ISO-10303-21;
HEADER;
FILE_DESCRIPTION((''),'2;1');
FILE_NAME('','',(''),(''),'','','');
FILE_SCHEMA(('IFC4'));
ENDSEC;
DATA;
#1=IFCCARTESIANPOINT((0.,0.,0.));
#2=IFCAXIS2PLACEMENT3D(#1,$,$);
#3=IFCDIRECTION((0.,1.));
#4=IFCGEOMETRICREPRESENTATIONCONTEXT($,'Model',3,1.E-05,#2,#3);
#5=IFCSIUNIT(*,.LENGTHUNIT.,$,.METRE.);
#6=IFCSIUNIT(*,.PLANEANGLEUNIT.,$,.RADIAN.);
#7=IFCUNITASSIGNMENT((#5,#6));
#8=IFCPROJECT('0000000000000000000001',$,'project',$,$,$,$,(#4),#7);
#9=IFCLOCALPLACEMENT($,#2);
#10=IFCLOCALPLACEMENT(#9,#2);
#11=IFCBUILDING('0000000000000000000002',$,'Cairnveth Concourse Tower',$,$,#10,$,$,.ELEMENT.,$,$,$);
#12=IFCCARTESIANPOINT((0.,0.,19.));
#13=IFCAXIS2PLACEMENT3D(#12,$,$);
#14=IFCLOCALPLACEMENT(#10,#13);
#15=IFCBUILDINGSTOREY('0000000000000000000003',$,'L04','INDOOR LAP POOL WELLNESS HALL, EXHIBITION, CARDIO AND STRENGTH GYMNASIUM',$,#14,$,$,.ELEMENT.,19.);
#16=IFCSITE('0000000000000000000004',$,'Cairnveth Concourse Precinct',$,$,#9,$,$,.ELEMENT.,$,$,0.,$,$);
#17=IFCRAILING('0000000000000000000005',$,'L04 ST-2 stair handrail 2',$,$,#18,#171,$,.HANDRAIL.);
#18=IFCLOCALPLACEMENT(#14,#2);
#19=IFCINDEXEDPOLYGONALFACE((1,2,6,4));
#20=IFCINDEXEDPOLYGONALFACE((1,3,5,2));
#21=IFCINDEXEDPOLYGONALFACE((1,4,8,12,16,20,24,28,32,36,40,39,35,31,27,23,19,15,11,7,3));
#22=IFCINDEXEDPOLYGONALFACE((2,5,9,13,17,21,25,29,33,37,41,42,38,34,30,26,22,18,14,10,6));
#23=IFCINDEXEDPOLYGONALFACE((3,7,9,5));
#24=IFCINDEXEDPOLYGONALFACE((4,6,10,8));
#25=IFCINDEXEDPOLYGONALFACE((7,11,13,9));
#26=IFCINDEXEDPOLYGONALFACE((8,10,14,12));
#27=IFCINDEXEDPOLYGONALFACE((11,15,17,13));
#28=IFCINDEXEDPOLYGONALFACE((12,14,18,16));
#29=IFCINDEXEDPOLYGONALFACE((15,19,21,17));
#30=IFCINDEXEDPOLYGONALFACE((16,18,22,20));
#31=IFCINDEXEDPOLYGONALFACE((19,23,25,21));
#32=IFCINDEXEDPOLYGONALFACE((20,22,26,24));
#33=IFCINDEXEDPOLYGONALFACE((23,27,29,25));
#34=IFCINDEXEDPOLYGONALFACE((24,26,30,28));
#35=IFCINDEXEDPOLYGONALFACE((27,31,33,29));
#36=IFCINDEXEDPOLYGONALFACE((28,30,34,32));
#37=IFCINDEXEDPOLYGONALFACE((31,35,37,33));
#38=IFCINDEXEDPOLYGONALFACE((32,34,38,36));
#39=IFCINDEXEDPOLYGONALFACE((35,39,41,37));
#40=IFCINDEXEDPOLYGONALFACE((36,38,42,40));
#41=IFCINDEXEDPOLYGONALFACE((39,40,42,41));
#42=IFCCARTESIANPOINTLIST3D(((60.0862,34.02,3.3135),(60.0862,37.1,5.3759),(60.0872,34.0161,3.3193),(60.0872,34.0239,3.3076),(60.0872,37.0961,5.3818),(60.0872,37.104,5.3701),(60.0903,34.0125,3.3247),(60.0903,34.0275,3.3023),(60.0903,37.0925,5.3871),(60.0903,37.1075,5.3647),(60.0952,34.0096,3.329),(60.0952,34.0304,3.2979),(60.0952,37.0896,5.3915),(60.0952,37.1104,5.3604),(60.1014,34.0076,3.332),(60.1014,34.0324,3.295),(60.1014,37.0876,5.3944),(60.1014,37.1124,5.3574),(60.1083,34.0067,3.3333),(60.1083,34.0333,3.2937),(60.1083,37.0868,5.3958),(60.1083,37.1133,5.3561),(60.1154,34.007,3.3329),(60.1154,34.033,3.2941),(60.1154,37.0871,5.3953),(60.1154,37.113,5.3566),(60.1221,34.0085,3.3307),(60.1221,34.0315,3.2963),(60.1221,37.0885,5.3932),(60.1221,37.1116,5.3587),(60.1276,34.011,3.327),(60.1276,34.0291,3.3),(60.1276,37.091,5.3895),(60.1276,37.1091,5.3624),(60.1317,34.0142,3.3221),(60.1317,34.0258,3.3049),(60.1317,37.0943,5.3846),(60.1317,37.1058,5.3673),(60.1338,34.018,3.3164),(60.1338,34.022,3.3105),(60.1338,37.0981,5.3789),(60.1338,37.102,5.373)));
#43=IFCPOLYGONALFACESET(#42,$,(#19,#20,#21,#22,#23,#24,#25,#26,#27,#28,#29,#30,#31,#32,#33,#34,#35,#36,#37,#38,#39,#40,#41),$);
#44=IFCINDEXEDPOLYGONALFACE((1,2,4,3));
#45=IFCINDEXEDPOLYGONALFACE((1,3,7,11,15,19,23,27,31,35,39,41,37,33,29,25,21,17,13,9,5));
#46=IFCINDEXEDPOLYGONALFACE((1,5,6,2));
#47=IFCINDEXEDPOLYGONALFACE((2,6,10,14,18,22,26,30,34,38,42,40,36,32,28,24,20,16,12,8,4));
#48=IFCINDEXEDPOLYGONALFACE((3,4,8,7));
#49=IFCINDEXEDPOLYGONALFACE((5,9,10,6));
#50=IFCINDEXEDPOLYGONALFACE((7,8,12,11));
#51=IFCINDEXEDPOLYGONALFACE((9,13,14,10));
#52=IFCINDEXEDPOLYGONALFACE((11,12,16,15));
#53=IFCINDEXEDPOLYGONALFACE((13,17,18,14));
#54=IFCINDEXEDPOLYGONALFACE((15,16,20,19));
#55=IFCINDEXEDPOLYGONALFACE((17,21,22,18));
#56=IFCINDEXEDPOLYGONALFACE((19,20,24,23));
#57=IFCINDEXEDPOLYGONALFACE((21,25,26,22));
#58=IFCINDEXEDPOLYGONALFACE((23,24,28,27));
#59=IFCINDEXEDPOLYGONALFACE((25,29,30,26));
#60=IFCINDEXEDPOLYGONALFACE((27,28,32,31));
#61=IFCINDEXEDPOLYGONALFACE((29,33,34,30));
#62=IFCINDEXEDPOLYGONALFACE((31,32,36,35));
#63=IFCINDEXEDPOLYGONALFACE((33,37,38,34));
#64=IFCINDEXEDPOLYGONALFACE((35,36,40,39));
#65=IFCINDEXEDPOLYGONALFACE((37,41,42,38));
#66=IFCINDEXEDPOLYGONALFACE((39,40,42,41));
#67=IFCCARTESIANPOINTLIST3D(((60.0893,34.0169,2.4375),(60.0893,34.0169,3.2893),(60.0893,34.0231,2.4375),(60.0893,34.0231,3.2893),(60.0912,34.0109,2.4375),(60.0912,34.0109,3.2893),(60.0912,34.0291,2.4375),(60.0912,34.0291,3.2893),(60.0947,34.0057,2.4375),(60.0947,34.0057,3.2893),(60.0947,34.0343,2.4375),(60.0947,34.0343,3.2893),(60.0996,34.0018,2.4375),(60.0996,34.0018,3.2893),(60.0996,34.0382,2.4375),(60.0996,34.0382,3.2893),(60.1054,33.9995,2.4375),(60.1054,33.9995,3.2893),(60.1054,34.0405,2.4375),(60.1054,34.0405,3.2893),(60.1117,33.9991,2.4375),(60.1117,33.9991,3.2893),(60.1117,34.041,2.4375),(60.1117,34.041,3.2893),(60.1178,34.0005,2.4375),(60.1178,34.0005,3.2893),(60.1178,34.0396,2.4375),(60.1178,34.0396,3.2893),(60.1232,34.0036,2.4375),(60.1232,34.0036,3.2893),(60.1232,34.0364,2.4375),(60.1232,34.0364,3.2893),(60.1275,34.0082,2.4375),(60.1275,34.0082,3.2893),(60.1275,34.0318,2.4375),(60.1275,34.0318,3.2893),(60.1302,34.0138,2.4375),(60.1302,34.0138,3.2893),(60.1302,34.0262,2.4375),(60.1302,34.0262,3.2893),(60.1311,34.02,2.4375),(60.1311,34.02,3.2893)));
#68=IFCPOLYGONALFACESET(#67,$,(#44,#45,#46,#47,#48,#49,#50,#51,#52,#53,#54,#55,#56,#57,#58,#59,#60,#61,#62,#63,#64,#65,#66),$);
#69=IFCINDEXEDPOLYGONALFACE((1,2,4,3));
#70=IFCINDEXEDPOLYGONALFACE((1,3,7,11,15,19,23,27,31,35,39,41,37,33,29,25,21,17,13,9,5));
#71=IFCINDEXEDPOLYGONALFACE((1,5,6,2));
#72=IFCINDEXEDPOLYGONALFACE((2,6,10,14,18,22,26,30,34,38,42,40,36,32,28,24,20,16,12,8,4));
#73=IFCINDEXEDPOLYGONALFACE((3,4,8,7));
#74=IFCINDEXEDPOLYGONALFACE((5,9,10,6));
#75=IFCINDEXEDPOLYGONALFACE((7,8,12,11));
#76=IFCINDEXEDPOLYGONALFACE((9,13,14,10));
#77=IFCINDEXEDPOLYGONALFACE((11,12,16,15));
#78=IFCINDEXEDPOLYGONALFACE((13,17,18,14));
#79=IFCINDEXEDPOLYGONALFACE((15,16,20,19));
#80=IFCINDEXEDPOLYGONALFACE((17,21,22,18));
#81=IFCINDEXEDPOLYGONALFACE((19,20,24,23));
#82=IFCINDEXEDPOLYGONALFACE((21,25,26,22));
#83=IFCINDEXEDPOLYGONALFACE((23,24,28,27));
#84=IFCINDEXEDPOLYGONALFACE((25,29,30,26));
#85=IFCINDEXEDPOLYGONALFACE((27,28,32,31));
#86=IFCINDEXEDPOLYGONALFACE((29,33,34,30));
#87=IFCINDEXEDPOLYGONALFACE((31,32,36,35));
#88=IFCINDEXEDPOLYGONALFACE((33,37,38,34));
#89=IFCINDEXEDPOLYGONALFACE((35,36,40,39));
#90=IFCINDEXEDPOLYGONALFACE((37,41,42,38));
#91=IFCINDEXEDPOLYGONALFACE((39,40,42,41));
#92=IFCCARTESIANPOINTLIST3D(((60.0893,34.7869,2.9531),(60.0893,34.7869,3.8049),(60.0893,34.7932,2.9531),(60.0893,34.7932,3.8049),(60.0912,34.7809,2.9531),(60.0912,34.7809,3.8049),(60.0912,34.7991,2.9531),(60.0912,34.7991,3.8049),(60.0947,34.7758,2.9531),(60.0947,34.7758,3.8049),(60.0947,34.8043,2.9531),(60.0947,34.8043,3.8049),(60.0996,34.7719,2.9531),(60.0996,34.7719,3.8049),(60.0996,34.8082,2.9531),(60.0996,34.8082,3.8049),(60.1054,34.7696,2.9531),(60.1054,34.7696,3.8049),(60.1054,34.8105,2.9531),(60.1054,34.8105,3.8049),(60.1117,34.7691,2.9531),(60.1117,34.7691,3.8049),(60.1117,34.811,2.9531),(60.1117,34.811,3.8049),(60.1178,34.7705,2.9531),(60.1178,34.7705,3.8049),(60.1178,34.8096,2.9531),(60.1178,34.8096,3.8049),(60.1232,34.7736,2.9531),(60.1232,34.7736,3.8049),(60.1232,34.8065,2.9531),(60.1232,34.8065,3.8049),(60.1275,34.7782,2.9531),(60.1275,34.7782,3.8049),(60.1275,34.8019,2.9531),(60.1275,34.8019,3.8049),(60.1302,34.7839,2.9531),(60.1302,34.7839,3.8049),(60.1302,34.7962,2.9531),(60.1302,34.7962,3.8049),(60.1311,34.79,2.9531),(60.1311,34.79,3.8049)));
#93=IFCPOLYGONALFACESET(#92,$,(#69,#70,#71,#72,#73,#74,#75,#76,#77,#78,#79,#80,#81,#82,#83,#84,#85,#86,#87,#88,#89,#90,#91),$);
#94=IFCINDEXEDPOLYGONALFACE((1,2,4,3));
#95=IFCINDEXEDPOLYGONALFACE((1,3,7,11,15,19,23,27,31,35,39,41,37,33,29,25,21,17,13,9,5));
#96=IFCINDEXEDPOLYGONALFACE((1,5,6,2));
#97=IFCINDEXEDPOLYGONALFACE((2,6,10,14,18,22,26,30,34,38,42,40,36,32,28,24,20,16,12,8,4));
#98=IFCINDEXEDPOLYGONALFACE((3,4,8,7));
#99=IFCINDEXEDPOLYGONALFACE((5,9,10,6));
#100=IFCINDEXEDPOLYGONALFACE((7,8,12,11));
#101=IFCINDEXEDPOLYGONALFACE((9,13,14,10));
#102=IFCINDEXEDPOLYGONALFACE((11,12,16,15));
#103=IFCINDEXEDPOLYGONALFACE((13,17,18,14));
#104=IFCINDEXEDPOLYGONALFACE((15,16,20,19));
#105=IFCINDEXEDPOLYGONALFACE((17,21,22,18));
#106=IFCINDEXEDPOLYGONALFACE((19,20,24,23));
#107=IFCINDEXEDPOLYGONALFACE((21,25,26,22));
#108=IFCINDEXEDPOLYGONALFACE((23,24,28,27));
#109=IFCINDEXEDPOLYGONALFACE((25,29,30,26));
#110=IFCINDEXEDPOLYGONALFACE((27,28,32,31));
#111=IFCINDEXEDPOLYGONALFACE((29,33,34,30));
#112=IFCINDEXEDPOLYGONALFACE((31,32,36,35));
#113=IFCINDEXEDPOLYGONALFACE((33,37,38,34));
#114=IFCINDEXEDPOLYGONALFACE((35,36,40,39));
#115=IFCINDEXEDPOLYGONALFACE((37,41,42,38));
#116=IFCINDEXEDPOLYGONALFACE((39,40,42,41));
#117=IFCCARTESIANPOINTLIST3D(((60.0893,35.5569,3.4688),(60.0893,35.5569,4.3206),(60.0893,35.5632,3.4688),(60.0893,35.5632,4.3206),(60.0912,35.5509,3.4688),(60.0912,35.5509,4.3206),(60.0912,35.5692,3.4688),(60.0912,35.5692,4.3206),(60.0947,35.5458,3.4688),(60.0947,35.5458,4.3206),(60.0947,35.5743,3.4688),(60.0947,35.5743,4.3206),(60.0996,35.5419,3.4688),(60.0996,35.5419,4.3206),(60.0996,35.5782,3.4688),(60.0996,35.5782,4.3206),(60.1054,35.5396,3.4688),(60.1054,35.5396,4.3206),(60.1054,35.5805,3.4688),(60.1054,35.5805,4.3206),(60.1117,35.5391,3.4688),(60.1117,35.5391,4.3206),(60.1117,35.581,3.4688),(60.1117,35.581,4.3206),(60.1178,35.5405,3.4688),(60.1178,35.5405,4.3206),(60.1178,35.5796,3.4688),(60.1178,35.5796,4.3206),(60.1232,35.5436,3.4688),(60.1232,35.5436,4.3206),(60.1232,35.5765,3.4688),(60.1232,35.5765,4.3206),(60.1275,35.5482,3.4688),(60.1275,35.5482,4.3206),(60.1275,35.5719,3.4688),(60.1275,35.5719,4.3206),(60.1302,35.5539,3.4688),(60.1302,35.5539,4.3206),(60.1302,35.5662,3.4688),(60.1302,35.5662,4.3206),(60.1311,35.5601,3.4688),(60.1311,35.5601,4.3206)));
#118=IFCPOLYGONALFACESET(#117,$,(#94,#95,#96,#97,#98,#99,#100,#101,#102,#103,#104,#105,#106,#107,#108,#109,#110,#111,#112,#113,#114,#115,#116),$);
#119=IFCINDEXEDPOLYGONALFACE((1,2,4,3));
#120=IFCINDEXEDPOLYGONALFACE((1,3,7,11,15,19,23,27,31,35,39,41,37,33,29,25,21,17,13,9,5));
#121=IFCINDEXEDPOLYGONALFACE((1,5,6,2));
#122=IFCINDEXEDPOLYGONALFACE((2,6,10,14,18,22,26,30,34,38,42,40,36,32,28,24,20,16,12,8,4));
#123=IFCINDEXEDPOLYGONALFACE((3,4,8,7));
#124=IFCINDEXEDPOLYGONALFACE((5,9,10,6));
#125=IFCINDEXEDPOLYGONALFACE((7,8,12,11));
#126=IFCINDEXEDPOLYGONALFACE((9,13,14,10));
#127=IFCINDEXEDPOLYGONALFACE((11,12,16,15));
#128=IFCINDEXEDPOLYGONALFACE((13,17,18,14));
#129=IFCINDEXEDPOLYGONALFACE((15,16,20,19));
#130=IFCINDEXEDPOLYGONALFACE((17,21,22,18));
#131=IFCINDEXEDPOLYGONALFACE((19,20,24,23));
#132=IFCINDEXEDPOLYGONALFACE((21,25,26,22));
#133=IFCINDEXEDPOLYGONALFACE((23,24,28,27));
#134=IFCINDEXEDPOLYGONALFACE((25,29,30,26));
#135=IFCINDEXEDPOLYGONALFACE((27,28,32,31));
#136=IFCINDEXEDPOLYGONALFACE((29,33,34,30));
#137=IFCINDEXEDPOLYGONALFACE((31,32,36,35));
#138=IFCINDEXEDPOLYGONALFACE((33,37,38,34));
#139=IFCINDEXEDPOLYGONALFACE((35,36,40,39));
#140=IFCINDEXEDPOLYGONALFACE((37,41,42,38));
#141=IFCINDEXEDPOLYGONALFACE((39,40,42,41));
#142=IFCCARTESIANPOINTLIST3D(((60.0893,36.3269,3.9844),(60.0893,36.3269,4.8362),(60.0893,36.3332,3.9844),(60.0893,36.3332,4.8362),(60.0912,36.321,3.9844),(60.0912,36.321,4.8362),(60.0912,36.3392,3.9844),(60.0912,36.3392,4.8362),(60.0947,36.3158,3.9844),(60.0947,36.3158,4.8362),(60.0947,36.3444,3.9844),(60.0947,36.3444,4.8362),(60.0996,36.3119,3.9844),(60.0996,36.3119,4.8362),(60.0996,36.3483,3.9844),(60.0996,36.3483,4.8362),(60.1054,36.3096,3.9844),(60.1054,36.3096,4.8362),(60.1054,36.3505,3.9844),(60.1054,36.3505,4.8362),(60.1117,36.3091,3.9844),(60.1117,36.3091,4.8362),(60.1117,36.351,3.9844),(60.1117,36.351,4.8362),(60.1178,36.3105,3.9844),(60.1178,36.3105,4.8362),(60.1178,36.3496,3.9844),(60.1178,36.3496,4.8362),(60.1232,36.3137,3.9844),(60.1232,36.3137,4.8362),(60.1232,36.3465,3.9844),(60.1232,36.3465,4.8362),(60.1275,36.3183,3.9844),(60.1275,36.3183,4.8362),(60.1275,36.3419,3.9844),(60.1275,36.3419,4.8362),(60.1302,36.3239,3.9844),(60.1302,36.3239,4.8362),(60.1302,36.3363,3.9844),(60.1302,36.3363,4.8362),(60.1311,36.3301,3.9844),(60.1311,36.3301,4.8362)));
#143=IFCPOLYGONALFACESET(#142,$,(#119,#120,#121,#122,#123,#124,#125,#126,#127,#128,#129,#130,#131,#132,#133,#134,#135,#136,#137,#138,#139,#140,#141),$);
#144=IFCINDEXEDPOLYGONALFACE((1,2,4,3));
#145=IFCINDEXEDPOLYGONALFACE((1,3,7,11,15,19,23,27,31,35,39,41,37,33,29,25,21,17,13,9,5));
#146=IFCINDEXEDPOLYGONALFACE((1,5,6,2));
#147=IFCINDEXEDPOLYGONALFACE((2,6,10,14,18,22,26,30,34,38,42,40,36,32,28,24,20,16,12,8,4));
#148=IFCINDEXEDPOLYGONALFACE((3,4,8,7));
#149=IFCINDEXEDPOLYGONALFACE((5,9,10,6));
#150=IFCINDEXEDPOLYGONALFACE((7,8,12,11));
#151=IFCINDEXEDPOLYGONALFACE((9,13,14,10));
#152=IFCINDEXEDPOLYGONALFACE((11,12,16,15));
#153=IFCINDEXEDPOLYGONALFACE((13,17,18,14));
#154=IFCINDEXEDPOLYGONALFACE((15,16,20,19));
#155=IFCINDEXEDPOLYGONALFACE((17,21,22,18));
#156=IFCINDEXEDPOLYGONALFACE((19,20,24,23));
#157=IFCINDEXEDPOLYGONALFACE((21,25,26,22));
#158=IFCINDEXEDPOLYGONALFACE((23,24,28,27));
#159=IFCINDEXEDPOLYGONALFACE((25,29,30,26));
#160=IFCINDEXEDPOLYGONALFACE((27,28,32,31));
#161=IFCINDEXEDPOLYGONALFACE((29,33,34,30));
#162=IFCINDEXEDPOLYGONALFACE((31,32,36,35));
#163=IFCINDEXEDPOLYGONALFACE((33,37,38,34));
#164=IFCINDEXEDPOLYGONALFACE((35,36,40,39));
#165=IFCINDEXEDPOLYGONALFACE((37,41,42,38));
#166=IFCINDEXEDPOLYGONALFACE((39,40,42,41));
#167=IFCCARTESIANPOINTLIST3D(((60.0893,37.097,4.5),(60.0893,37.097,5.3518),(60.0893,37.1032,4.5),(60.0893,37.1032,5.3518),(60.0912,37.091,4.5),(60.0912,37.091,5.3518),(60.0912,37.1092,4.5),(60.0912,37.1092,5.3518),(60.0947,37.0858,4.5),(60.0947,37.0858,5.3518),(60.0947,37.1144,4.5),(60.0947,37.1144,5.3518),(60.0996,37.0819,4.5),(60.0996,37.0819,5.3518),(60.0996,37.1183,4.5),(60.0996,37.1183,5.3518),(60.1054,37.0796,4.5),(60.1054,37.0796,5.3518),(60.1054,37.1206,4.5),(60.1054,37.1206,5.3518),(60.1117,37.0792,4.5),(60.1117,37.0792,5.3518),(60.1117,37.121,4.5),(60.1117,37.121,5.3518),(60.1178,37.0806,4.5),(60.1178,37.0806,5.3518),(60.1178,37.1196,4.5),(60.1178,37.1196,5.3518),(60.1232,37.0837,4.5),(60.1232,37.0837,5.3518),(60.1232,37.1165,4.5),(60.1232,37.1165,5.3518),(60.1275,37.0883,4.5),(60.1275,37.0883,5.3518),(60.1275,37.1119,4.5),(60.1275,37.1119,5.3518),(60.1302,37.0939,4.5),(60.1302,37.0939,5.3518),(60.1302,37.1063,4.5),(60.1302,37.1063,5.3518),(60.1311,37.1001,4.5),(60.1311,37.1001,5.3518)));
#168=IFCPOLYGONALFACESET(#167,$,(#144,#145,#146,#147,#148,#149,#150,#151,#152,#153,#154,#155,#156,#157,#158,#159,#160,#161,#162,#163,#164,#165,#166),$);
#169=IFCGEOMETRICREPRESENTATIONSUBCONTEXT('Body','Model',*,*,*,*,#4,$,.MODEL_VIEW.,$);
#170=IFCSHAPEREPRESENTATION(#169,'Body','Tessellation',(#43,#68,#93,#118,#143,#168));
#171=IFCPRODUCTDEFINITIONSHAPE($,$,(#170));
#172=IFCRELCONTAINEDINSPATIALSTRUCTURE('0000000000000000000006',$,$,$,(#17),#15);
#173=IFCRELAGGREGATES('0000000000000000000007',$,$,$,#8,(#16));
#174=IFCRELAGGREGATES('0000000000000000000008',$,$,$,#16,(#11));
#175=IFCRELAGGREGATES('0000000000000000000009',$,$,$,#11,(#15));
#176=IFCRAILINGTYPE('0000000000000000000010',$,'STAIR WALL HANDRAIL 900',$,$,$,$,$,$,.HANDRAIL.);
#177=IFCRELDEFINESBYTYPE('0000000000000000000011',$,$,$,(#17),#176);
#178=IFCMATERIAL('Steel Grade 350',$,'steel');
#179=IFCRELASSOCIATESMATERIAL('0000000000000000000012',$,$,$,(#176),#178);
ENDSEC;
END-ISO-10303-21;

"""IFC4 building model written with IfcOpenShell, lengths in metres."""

from ifc_helpers import new_model, si_unit, direction, frame, origin, origin_2d, place, context, subcontext, project, spatial, circle, extrude, material, type_object, element, save


model = new_model("IFC4")

# Units and contexts
model_context = context("Model", 3, precision=1e-05, world=origin(), true_north=direction((0.0, 1.0)))
body_context = subcontext(model_context, "Body", "Model", "MODEL_VIEW")
ifc_project = project(units=[si_unit("LENGTHUNIT", "METRE"), si_unit("PLANEANGLEUNIT", "RADIAN")], contexts=[model_context])

# Site, building, storey
site_placement = place(None, origin())
site = spatial("IfcSite", under=ifc_project, at=site_placement, Name="Cairnveth Concourse Precinct", CompositionType="ELEMENT", RefElevation=0.0)
building_placement = place(site_placement, origin())
building = spatial("IfcBuilding", under=site, at=building_placement, Name="Cairnveth Concourse Tower", CompositionType="ELEMENT")
storey_placement = place(building_placement, frame((0.0, 0.0, 19.0)))
storey = spatial("IfcBuildingStorey", under=building, at=storey_placement, Name="L04", Description="INDOOR LAP POOL WELLNESS HALL, EXHIBITION, CARDIO AND STRENGTH GYMNASIUM", CompositionType="ELEMENT", Elevation=19.0)

# Shared definitions
ifc_material_1 = material(Name="Steel Grade 350", Category="steel")

# Railing
railing_type_1 = type_object("IfcRailingType", Name="STAIR WALL HANDRAIL 900", PredefinedType="HANDRAIL", material=ifc_material_1)
railing_1_placement = place(storey_placement, frame((60.1101, 34.02, 2.4375)))
element("IfcRailing", 1, at=railing_1_placement, inside=storey, type_object=railing_type_1, Name="L04 ST-2 stair handrail 2", PredefinedType="HANDRAIL", context=body_context, shape_type="SweptSolid", body=[
    extrude(circle(Radius=0.0239, at=origin_2d()), frame((0.0, 0.0, 0.876), z_axis=(0.0, 0.830914, 0.556401), x_axis=(-1.0, 0.0, 0.0)), (0.0, 0.0, 1.0), 3.7068),
    extrude(circle(Radius=0.021, at=origin_2d()), origin(), (0.0, 0.0, 1.0), 0.8518),
    extrude(circle(Radius=0.021, at=origin_2d()), frame((0.0, 0.77, 0.5156)), (0.0, 0.0, 1.0), 0.8518),
    extrude(circle(Radius=0.021, at=origin_2d()), frame((0.0, 1.54, 1.0312)), (0.0, 0.0, 1.0), 0.8518),
    extrude(circle(Radius=0.021, at=origin_2d()), frame((0.0, 2.3101, 1.5469)), (0.0, 0.0, 1.0), 0.8518),
    extrude(circle(Radius=0.021, at=origin_2d()), frame((0.0, 3.0801, 2.0625)), (0.0, 0.0, 1.0), 0.8518),
])

save(model, "model.ifc")
